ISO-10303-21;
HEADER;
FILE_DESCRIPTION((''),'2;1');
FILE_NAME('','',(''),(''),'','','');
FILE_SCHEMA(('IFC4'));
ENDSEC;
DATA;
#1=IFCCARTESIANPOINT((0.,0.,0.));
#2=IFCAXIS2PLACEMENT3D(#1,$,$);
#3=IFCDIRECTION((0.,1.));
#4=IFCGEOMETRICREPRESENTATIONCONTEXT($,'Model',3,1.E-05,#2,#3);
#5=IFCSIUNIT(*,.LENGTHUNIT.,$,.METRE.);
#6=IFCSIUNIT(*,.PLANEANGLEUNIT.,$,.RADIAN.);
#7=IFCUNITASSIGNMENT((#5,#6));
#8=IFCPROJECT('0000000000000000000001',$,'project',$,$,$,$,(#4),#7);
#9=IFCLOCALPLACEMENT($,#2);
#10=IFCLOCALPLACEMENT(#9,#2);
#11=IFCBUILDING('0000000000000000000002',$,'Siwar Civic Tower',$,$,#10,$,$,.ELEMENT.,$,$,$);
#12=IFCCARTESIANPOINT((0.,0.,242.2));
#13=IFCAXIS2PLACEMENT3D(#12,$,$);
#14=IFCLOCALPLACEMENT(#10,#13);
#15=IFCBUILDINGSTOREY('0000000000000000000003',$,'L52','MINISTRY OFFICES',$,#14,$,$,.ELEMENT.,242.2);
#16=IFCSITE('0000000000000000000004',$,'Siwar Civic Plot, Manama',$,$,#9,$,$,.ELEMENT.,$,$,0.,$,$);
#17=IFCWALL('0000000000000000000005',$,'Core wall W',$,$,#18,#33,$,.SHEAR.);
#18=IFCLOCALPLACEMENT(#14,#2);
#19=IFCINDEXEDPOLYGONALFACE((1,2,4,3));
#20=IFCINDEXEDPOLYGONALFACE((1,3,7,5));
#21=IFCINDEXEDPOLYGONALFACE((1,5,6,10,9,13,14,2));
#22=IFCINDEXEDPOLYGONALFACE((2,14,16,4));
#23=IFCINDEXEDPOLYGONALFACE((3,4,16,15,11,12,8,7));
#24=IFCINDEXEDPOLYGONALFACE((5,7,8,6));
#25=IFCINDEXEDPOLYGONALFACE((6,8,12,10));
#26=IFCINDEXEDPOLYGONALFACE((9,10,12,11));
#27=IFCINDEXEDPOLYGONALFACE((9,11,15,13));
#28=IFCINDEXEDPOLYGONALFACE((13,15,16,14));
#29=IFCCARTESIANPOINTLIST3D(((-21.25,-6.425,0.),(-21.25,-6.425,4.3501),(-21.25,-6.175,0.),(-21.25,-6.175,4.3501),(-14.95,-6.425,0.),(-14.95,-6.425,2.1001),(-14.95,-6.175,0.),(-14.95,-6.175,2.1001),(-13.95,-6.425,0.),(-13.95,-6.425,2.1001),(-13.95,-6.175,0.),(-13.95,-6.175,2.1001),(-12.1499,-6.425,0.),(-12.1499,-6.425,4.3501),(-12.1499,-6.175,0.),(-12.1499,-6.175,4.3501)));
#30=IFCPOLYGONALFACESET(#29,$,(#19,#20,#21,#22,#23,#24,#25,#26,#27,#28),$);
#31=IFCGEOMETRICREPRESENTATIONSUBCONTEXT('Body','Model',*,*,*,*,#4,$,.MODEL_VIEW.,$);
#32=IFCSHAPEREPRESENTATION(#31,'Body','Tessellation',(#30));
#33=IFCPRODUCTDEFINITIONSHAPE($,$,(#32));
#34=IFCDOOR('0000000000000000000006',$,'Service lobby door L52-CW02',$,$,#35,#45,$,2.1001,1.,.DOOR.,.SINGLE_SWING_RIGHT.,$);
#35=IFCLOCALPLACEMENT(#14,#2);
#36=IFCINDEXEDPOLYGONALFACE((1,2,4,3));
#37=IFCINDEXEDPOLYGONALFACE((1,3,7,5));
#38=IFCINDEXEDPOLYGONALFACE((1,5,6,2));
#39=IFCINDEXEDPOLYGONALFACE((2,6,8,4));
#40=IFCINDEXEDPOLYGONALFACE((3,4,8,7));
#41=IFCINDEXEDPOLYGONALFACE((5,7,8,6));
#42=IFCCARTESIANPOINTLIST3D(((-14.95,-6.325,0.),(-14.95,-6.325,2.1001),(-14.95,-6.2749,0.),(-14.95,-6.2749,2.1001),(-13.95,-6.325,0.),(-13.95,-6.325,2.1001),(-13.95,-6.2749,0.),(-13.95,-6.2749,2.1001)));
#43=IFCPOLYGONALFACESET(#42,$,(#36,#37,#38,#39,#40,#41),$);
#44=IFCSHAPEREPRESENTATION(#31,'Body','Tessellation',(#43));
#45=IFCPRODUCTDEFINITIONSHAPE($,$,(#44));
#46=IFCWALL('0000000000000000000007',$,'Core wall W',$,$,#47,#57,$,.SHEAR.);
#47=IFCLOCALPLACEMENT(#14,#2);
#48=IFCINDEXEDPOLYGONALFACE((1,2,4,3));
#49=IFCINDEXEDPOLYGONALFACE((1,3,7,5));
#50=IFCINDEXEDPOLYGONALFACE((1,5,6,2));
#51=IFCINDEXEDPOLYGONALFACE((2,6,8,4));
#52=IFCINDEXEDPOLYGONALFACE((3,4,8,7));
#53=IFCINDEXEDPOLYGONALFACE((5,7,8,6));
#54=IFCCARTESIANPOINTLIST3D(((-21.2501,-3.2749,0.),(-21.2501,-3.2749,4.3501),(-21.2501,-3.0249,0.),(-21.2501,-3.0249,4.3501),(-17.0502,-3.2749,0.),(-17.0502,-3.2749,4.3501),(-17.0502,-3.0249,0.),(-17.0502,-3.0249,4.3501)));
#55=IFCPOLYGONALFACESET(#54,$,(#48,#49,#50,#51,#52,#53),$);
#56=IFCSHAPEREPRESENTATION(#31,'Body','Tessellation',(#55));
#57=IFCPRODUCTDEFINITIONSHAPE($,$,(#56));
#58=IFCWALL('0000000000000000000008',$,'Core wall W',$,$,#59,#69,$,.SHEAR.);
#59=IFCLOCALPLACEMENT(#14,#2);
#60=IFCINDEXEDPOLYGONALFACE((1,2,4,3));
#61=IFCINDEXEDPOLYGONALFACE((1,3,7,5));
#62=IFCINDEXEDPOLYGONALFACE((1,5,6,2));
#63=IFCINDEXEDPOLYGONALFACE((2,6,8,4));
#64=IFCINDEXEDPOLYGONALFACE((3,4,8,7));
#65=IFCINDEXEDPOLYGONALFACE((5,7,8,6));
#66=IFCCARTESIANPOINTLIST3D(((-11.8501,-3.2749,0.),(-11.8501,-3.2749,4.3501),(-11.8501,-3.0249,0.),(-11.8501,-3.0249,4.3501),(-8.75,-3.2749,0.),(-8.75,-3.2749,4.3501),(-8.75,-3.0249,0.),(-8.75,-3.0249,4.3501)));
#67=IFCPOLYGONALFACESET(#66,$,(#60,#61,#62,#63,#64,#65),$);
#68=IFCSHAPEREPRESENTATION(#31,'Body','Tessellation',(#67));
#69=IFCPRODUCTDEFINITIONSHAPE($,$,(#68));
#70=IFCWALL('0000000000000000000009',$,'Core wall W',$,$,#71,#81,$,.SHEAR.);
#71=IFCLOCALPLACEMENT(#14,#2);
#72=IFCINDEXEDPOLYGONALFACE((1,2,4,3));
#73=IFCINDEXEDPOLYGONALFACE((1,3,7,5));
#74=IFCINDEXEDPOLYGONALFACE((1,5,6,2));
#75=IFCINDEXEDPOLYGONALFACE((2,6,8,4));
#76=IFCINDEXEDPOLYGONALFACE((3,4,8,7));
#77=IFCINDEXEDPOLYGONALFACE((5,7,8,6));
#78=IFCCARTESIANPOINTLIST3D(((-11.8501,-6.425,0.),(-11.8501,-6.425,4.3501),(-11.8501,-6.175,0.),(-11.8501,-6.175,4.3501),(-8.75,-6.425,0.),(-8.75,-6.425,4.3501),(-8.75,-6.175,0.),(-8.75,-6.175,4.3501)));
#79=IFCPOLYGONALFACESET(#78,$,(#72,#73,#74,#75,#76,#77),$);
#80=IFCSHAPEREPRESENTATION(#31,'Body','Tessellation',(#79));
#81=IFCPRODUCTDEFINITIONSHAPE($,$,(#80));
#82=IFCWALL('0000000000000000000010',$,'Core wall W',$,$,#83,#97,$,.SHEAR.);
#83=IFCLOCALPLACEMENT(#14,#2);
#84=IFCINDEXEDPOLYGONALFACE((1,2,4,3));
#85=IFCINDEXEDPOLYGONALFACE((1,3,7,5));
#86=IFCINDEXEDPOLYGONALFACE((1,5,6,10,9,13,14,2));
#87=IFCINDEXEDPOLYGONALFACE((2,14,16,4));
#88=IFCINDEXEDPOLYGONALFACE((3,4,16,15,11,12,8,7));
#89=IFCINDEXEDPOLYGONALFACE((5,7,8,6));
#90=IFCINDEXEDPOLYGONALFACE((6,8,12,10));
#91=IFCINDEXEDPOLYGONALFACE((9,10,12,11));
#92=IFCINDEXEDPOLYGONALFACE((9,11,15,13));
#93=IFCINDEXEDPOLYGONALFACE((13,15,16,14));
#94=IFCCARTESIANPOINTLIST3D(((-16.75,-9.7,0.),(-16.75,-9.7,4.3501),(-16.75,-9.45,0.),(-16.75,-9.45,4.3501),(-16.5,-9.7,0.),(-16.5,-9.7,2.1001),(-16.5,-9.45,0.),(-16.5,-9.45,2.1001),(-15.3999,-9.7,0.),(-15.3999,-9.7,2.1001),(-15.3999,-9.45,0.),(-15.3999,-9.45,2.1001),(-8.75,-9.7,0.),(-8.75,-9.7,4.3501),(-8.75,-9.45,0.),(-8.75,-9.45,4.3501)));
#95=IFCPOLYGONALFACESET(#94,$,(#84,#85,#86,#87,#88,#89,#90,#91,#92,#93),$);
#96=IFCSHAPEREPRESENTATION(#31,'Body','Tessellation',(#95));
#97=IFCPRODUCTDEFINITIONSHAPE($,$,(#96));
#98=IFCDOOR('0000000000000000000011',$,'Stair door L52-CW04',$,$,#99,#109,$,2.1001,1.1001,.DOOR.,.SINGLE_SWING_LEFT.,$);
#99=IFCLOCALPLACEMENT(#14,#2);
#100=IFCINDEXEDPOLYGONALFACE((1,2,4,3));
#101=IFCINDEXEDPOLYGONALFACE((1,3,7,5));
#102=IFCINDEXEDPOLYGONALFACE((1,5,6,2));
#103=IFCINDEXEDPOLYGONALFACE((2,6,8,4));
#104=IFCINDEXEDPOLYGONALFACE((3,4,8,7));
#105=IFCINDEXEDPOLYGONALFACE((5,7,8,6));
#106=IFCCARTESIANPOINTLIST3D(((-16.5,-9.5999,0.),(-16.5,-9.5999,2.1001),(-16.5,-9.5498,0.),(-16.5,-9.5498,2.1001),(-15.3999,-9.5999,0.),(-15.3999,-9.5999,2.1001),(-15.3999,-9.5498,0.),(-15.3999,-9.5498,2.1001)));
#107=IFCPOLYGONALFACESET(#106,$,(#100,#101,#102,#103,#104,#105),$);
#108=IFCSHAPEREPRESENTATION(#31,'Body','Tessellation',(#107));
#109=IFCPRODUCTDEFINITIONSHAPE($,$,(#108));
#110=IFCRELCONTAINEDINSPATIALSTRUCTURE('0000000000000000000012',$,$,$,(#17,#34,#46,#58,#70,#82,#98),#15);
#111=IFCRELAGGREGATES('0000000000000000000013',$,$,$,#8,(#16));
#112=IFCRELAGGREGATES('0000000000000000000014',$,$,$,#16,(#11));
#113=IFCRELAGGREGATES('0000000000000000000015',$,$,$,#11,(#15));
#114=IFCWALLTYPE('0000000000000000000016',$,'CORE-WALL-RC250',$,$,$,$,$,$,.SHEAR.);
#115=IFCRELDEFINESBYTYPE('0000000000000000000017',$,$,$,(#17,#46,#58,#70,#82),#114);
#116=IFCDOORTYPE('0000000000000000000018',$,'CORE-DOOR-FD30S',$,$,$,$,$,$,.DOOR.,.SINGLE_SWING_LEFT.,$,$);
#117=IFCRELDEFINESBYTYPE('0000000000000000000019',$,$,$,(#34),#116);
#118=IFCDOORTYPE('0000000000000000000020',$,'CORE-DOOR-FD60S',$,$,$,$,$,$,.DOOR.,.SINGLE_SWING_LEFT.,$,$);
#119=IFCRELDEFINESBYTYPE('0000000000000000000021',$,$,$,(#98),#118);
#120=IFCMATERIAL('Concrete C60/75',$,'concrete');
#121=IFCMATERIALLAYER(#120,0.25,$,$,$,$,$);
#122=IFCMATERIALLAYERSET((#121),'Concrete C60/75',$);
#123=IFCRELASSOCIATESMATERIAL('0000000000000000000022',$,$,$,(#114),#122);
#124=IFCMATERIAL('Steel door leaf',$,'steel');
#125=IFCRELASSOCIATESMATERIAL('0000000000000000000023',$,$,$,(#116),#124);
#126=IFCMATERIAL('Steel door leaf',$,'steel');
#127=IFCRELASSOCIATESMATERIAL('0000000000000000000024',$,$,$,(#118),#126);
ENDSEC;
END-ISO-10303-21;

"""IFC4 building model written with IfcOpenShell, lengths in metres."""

from ifc_helpers import new_model, si_unit, direction, frame, frame_2d, origin, place, context, subcontext, project, spatial, rectangle, extrude, material, layer, layer_set, type_object, element, fill, save


model = new_model("IFC4")

# Units and contexts
model_context = context("Model", 3, precision=1e-05, world=origin(), true_north=direction((0.0, 1.0)))
body_context = subcontext(model_context, "Body", "Model", "MODEL_VIEW")
ifc_project = project(units=[si_unit("LENGTHUNIT", "METRE"), si_unit("PLANEANGLEUNIT", "RADIAN")], contexts=[model_context])

# Site, building, storey
site_placement = place(None, origin())
site = spatial("IfcSite", under=ifc_project, at=site_placement, Name="Siwar Civic Plot, Manama", CompositionType="ELEMENT", RefElevation=0.0)
building_placement = place(site_placement, origin())
building = spatial("IfcBuilding", under=site, at=building_placement, Name="Siwar Civic Tower", CompositionType="ELEMENT")
storey_placement = place(building_placement, frame((0.0, 0.0, 242.2)))
storey = spatial("IfcBuildingStorey", under=building, at=storey_placement, Name="L52", Description="MINISTRY OFFICES", CompositionType="ELEMENT", Elevation=242.2)

# Wall, opening, door
ifc_material_1 = material(Name="Concrete C60/75", Category="concrete")
ifc_layer_1 = layer(ifc_material_1, 0.25)
ifc_layer_set_1 = layer_set([ifc_layer_1], Name="Concrete C60/75")
wall_type_1 = type_object("IfcWallType", Name="CORE-WALL-RC250", PredefinedType="SHEAR", material=ifc_layer_set_1)
wall_1_placement = place(storey_placement, frame((-12.1499, -6.3, 0.0), z_axis=(0.0, 0.0, 1.0), x_axis=(-1.0, 0.0, 0.0)))
wall_1 = element("IfcWall", 1, at=wall_1_placement, inside=storey, type_object=wall_type_1, Name="Core wall W", PredefinedType="SHEAR", context=body_context, shape_type="SweptSolid", body=[
    extrude(rectangle(XDim=9.1001, YDim=0.25, at=frame_2d((4.55, 0.0))), origin(), (0.0, 0.0, 1.0), 4.3501),
])
opening_1_placement = place(wall_1_placement, frame((1.8, 0.0, 0.0)))
opening_1 = element("IfcOpeningElement", 2, at=opening_1_placement, cuts=wall_1, PredefinedType="OPENING", context=body_context, shape_type="SweptSolid", body=[
    extrude(rectangle(XDim=1.0, YDim=2.1001, at=frame_2d((0.5, 1.05))), frame((0.0, 0.135, 0.0), z_axis=(0.0, -1.0, 0.0), x_axis=(1.0, 0.0, 0.0)), (0.0, 0.0, 1.0), 0.27),
])
ifc_material_2 = material(Name="Steel door leaf", Category="steel")
door_type_1 = type_object("IfcDoorType", Name="CORE-DOOR-FD30S", OperationType="SINGLE_SWING_LEFT", PredefinedType="DOOR", material=ifc_material_2)
door_1_placement = place(opening_1_placement, origin())
door_1 = element("IfcDoor", 3, at=door_1_placement, inside=storey, type_object=door_type_1, Name="Service lobby door L52-CW02", OperationType="SINGLE_SWING_RIGHT", OverallHeight=2.1001, OverallWidth=1.0, PredefinedType="DOOR", context=body_context, shape_type="SweptSolid", body=[
    extrude(rectangle(XDim=1.0, YDim=2.1001, at=frame_2d((0.5, 1.05))), frame((0.0, 0.0249, 0.0), z_axis=(0.0, -1.0, 0.0), x_axis=(1.0, 0.0, 0.0)), (0.0, 0.0, 1.0), 0.05),
])
fill(opening_1, door_1)

# Walls
wall_2_placement = place(storey_placement, frame((-17.05, -3.1499, 0.0), z_axis=(0.0, 0.0, 1.0), x_axis=(-1.0, 0.0, 0.0)))
element("IfcWall", 4, at=wall_2_placement, inside=storey, type_object=wall_type_1, Name="Core wall W", PredefinedType="SHEAR", context=body_context, shape_type="SweptSolid", body=[
    extrude(rectangle(XDim=4.2, YDim=0.25, at=frame_2d((2.1001, 0.0))), origin(), (0.0, 0.0, 1.0), 4.3501),
])
for number, where, z_axis, x_axis, name in (
    (5, (-8.75, -3.1499, 0.0), (0.0, 0.0, 1.0), (-1.0, 0.0, 0.0), "Core wall W"),
    (6, (-8.75, -6.3, 0.0), (0.0, 0.0, 1.0), (-1.0, 0.0, 0.0), "Core wall W"),
):
    element("IfcWall", number, at=place(storey_placement, frame(where, z_axis=z_axis, x_axis=x_axis)), inside=storey, type_object=wall_type_1, Name=name, PredefinedType="SHEAR", context=body_context, shape_type="SweptSolid", body=[
        extrude(rectangle(XDim=3.1001, YDim=0.25, at=frame_2d((1.55, 0.0))), origin(), (0.0, 0.0, 1.0), 4.3501),
    ])

# Wall, opening, door
wall_3_placement = place(storey_placement, frame((-8.75, -9.575, 0.0), z_axis=(0.0, 0.0, 1.0), x_axis=(-1.0, 0.0, 0.0)))
wall_3 = element("IfcWall", 7, at=wall_3_placement, inside=storey, type_object=wall_type_1, Name="Core wall W", PredefinedType="SHEAR", context=body_context, shape_type="SweptSolid", body=[
    extrude(rectangle(XDim=8.0, YDim=0.25, at=frame_2d((4.0, 0.0))), origin(), (0.0, 0.0, 1.0), 4.3501),
])
opening_2_placement = place(wall_3_placement, frame((6.6499, 0.0, 0.0)))
opening_2 = element("IfcOpeningElement", 8, at=opening_2_placement, cuts=wall_3, PredefinedType="OPENING", context=body_context, shape_type="SweptSolid", body=[
    extrude(rectangle(XDim=1.1001, YDim=2.1001, at=frame_2d((0.55, 1.05))), frame((0.0, 0.135, 0.0), z_axis=(0.0, -1.0, 0.0), x_axis=(1.0, 0.0, 0.0)), (0.0, 0.0, 1.0), 0.27),
])
ifc_material_3 = material(Name="Steel door leaf", Category="steel")
door_type_2 = type_object("IfcDoorType", Name="CORE-DOOR-FD60S", OperationType="SINGLE_SWING_LEFT", PredefinedType="DOOR", material=ifc_material_3)
door_2_placement = place(opening_2_placement, origin())
door_2 = element("IfcDoor", 9, at=door_2_placement, inside=storey, type_object=door_type_2, Name="Stair door L52-CW04", OperationType="SINGLE_SWING_LEFT", OverallHeight=2.1001, OverallWidth=1.1001, PredefinedType="DOOR", context=body_context, shape_type="SweptSolid", body=[
    extrude(rectangle(XDim=1.1001, YDim=2.1001, at=frame_2d((0.55, 1.05))), frame((0.0, 0.0249, 0.0), z_axis=(0.0, -1.0, 0.0), x_axis=(1.0, 0.0, 0.0)), (0.0, 0.0, 1.0), 0.05),
])
fill(opening_2, door_2)

save(model, "model.ifc")
